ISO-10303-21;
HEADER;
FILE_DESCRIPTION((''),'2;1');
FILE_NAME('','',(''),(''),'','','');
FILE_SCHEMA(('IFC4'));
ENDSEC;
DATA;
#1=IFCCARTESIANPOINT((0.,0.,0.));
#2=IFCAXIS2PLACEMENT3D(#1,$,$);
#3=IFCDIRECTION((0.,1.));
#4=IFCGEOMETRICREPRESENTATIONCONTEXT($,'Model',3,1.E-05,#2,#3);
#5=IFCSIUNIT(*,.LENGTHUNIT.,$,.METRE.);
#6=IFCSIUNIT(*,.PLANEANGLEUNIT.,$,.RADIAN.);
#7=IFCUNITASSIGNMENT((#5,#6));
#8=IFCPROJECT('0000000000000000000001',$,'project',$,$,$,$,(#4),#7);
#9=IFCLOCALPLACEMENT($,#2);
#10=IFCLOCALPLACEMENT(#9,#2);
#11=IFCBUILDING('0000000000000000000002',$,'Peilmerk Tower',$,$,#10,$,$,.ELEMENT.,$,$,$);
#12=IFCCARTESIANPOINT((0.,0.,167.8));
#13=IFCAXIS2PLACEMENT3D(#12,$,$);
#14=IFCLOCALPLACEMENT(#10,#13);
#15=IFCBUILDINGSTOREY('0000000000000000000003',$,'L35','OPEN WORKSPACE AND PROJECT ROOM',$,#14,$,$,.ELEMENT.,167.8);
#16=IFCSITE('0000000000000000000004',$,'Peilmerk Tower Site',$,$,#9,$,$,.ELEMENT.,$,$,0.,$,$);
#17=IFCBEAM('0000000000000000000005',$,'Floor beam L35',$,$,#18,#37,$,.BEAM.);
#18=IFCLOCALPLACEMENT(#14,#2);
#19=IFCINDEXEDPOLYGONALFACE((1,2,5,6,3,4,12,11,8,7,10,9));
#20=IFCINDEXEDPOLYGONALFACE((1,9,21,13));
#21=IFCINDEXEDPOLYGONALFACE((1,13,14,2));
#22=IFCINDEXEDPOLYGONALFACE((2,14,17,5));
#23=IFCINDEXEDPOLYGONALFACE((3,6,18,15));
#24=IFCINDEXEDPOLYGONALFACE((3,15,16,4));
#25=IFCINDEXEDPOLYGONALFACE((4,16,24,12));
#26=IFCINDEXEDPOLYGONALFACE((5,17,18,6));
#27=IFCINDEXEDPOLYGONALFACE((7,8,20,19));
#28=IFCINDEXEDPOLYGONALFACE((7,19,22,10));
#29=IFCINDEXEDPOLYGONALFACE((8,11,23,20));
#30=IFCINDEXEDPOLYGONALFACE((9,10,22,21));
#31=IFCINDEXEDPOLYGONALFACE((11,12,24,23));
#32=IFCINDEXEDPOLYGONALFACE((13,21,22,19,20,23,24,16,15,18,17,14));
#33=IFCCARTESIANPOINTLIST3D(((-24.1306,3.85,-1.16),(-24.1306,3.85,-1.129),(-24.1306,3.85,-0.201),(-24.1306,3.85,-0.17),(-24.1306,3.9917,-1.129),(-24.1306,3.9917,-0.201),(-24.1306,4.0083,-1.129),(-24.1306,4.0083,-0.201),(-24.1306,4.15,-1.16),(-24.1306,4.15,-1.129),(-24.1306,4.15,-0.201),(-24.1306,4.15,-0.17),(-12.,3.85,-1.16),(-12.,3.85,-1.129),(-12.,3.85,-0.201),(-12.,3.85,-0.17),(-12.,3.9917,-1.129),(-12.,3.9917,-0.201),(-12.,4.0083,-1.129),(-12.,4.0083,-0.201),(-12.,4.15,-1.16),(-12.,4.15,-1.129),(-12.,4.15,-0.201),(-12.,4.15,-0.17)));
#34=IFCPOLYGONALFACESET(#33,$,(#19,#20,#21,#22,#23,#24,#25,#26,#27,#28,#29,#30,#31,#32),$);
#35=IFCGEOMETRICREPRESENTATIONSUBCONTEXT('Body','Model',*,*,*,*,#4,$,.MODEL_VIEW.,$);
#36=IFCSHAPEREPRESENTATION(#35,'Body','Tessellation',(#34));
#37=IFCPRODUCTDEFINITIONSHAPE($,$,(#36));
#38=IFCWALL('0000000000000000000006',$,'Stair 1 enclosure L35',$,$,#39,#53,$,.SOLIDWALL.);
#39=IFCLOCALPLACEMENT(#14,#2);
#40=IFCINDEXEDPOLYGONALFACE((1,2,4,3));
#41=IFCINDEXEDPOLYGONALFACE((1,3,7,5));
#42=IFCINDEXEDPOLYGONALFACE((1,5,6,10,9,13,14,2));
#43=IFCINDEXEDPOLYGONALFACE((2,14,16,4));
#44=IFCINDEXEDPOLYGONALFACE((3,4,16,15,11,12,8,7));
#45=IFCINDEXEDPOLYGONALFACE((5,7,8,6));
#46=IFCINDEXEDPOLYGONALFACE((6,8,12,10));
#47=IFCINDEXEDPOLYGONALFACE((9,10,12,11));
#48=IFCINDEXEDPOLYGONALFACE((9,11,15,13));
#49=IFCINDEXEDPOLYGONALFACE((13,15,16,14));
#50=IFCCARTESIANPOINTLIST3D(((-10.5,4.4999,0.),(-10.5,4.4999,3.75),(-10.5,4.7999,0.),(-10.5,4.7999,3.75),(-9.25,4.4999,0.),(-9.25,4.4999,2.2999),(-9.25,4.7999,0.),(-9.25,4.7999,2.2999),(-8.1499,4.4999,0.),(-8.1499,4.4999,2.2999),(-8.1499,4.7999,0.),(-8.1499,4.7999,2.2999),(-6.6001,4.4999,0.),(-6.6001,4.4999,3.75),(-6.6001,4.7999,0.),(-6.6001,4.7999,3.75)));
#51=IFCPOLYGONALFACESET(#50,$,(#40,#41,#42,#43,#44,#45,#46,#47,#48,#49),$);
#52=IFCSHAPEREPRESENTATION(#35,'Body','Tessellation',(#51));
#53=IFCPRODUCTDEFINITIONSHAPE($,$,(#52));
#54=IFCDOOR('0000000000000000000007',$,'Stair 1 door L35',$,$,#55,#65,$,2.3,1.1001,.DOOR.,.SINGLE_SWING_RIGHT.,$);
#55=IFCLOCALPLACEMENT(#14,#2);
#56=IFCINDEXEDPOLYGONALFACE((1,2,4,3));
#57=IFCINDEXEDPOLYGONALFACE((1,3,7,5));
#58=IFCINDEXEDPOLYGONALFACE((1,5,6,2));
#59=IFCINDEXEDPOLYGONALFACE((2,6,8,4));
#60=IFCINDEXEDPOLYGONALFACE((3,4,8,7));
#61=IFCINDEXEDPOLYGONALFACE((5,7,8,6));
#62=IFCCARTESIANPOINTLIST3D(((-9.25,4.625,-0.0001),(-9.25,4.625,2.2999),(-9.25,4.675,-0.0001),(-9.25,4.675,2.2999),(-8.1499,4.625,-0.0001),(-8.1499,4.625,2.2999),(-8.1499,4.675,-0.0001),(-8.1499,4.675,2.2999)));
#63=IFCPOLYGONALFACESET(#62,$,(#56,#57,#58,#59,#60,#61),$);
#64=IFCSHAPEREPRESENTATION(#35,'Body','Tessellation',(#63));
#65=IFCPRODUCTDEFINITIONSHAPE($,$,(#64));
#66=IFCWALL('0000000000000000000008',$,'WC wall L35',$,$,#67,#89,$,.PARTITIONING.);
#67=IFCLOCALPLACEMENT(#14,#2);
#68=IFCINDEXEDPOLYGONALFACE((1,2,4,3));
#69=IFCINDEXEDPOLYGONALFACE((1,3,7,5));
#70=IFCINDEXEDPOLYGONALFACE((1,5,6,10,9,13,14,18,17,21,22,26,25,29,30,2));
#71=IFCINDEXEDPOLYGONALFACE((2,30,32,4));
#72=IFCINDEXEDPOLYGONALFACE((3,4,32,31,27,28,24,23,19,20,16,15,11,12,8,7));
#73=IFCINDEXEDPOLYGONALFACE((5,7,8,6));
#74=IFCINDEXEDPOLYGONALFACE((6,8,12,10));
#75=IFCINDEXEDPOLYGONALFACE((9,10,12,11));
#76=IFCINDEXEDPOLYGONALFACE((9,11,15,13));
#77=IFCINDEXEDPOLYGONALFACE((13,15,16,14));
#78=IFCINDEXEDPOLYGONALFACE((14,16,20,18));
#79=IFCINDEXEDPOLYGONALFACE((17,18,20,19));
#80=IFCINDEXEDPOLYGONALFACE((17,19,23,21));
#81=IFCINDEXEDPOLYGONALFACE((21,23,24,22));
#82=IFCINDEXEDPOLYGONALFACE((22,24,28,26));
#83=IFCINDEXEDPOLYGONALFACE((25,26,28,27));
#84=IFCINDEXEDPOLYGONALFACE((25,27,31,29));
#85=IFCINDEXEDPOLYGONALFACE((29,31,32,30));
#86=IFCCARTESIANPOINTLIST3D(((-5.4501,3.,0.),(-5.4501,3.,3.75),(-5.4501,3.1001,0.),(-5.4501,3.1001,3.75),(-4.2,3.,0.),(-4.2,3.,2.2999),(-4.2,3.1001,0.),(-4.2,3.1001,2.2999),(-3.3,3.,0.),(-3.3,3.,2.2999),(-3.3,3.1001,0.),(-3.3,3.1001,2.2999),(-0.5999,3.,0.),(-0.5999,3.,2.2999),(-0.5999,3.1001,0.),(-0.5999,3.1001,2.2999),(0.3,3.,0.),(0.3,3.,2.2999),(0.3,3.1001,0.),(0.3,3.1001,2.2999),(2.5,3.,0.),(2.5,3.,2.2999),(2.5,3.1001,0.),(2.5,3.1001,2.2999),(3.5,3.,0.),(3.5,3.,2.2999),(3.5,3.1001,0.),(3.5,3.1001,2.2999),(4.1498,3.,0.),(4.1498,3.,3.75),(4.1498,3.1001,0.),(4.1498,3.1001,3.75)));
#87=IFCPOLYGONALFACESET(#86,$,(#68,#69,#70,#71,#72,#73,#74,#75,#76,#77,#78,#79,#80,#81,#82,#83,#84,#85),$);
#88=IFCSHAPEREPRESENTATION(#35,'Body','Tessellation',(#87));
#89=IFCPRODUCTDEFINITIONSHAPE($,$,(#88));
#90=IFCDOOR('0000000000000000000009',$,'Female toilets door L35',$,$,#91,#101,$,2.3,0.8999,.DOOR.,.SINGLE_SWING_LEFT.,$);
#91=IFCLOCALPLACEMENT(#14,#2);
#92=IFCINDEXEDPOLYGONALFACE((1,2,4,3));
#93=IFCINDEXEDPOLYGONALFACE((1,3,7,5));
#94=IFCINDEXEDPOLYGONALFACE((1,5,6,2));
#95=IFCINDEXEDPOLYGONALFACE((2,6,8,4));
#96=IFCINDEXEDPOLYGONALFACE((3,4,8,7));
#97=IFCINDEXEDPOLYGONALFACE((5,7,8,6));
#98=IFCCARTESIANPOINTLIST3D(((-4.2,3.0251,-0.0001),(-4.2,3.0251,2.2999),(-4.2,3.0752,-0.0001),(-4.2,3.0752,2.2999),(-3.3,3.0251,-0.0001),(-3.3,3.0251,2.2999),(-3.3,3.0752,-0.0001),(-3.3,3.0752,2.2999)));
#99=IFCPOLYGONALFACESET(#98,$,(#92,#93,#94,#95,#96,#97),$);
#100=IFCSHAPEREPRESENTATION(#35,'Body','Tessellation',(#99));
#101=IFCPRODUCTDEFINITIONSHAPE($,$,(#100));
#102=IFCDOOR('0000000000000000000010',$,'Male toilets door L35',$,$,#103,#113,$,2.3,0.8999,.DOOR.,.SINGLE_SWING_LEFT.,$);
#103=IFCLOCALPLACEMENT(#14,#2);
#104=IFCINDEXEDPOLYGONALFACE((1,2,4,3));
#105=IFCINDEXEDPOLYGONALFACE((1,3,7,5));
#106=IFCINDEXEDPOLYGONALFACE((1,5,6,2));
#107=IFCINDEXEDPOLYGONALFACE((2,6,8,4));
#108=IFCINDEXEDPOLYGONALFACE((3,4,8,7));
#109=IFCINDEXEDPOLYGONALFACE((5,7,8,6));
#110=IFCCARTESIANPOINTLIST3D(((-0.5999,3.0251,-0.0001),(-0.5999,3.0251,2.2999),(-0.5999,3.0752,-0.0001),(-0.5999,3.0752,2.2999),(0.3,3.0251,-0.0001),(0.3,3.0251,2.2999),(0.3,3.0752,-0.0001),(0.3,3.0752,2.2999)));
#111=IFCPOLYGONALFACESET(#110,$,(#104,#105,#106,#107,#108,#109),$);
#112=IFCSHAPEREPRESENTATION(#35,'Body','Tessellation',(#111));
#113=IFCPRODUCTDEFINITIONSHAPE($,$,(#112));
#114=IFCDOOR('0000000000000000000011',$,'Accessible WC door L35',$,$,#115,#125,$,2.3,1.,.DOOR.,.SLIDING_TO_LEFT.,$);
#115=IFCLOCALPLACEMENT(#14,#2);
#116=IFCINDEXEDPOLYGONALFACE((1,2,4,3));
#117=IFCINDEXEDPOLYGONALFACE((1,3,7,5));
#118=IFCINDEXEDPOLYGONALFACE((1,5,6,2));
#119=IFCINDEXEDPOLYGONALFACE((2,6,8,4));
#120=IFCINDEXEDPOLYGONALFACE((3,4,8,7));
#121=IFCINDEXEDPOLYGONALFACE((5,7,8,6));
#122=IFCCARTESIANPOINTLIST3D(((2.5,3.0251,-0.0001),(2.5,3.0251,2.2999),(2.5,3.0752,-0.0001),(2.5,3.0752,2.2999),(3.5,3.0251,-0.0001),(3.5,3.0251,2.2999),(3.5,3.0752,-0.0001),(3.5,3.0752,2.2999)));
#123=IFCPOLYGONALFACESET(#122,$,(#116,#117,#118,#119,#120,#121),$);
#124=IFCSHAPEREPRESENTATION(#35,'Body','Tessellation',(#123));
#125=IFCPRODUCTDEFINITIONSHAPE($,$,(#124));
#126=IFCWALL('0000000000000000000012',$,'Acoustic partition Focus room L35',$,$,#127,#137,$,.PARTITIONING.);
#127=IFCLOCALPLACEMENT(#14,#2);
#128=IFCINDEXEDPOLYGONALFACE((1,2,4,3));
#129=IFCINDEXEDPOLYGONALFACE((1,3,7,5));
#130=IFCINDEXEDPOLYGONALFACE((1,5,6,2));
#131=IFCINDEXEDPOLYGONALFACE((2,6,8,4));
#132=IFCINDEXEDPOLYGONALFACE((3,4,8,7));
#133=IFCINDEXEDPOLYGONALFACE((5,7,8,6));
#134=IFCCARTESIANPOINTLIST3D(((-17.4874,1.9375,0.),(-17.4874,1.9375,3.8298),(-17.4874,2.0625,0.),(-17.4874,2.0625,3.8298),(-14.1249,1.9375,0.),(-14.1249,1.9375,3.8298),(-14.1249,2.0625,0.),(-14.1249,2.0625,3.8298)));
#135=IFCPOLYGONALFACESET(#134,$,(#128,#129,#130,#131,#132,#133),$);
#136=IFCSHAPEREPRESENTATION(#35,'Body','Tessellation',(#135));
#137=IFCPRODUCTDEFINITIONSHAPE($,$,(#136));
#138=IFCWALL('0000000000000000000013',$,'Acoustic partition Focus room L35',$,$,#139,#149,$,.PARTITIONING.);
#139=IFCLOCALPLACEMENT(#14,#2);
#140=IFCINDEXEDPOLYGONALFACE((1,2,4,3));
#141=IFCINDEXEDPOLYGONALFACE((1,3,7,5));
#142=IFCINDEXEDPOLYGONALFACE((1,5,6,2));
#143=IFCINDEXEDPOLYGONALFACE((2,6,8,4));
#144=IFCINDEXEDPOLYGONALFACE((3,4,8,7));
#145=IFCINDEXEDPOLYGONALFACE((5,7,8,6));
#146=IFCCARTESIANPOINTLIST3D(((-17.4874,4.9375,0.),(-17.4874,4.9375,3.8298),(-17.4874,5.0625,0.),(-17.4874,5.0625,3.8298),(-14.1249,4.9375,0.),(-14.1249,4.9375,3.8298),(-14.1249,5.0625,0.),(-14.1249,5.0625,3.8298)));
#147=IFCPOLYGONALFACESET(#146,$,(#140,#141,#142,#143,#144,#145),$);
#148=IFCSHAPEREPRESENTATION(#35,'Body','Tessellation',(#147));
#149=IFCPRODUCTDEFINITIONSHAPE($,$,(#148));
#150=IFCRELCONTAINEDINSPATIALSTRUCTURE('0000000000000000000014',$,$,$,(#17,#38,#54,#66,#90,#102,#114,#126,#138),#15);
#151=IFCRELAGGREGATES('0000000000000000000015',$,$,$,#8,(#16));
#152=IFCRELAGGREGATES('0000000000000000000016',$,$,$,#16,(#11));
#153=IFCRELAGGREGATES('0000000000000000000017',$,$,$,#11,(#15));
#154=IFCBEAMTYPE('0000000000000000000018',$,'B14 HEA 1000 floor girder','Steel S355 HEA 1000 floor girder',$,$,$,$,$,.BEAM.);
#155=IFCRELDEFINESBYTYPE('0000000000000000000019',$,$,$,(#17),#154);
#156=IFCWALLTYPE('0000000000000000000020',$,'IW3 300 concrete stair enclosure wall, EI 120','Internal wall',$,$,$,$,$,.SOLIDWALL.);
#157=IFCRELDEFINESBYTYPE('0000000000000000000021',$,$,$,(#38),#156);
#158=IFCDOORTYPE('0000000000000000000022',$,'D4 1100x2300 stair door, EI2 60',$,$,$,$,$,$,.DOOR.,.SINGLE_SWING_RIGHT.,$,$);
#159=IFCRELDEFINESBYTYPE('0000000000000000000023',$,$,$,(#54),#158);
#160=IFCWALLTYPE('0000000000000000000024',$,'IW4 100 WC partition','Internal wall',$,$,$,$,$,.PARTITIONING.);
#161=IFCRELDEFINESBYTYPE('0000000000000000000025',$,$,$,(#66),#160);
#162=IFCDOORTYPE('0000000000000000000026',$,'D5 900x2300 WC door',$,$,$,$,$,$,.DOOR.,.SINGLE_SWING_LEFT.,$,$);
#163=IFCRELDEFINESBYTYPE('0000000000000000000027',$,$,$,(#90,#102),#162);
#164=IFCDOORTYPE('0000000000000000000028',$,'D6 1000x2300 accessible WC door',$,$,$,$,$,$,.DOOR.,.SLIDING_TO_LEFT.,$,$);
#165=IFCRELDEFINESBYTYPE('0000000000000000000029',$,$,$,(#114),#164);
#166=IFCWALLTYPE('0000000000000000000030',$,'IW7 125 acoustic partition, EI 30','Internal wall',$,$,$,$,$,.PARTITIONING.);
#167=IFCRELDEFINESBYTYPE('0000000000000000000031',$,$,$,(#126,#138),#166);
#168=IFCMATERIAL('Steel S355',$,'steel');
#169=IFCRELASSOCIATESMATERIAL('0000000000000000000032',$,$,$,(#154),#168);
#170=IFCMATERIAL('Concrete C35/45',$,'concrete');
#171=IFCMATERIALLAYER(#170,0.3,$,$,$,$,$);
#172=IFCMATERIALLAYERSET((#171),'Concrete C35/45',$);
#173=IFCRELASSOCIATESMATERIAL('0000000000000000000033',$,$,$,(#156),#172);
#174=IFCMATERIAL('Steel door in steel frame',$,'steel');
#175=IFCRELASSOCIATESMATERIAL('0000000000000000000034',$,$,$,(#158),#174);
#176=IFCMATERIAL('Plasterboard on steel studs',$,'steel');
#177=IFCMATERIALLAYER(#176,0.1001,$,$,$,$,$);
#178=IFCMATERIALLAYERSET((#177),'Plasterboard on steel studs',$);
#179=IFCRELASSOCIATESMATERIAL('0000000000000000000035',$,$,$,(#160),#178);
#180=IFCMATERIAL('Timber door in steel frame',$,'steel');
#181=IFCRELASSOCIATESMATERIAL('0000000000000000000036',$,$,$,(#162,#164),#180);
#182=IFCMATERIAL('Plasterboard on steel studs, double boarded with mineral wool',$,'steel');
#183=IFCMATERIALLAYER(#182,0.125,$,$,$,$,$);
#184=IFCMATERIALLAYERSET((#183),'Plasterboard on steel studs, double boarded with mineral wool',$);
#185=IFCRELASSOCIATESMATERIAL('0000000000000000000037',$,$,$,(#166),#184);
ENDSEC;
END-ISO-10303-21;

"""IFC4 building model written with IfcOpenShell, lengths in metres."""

from ifc_helpers import new_model, si_unit, direction, frame, frame_2d, origin, origin_2d, place, context, subcontext, project, spatial, rectangle, i_section, extrude, material, layer, layer_set, material_profile, profile_set, type_object, element, fill, save


model = new_model("IFC4")

# Units and contexts
model_context = context("Model", 3, precision=1e-05, world=origin(), true_north=direction((0.0, 1.0)))
body_context = subcontext(model_context, "Body", "Model", "MODEL_VIEW")
ifc_project = project(units=[si_unit("LENGTHUNIT", "METRE"), si_unit("PLANEANGLEUNIT", "RADIAN")], contexts=[model_context])

# Site, building, storey
site_placement = place(None, origin())
site = spatial("IfcSite", under=ifc_project, at=site_placement, Name="Peilmerk Tower Site", CompositionType="ELEMENT", RefElevation=0.0)
building_placement = place(site_placement, origin())
building = spatial("IfcBuilding", under=site, at=building_placement, Name="Peilmerk Tower", CompositionType="ELEMENT")
storey_placement = place(building_placement, frame((0.0, 0.0, 167.8)))
storey = spatial("IfcBuildingStorey", under=building, at=storey_placement, Name="L35", Description="OPEN WORKSPACE AND PROJECT ROOM", CompositionType="ELEMENT", Elevation=167.8)

# Beam
ifc_material_1 = material(Name="Steel S355", Category="steel")
ifc_material_profile = material_profile(ifc_material_1, i_section(OverallWidth=0.3, OverallDepth=0.99, WebThickness=0.0166, FlangeThickness=0.031, at=origin_2d()), Name="HEA 1000")
ifc_profile_set = profile_set([ifc_material_profile], Name="Steel S355")
beam_type = type_object("IfcBeamType", Name="B14 HEA 1000 floor girder", Description="Steel S355 HEA 1000 floor girder", PredefinedType="BEAM", material=ifc_profile_set)
beam_placement = place(storey_placement, frame((-12.0, 4.0, -0.665), z_axis=(-1.0, 0.0, 0.0), x_axis=(0.0, -1.0, 0.0)))
element("IfcBeam", 1, at=beam_placement, inside=storey, type_object=beam_type, Name="Floor beam L35", PredefinedType="BEAM", context=body_context, shape_type="SweptSolid", body=[
    extrude(i_section(OverallWidth=0.3, OverallDepth=0.99, WebThickness=0.0166, FlangeThickness=0.031, at=origin_2d()), origin(), (0.0, 0.0, 1.0), 12.1306),
])

# Wall, opening, door
ifc_material_2 = material(Name="Concrete C35/45", Category="concrete")
ifc_layer_1 = layer(ifc_material_2, 0.3)
ifc_layer_set_1 = layer_set([ifc_layer_1], Name="Concrete C35/45")
wall_type_1 = type_object("IfcWallType", Name="IW3 300 concrete stair enclosure wall, EI 120", Description="Internal wall", PredefinedType="SOLIDWALL", material=ifc_layer_set_1)
wall_1_placement = place(storey_placement, frame((-10.5, 4.6499, 0.0), z_axis=(0.0, 0.0, 1.0), x_axis=(1.0, 0.0, 0.0)))
wall_1 = element("IfcWall", 2, at=wall_1_placement, inside=storey, type_object=wall_type_1, Name="Stair 1 enclosure L35", PredefinedType="SOLIDWALL", context=body_context, shape_type="SweptSolid", body=[
    extrude(rectangle(XDim=3.8999, YDim=0.3, at=frame_2d((1.95, 0.0))), origin(), (0.0, 0.0, 1.0), 3.75),
])
opening_1_placement = place(wall_1_placement, frame((1.25, 0.0, 0.0)))
opening_1 = element("IfcOpeningElement", 3, at=opening_1_placement, cuts=wall_1, PredefinedType="OPENING", context=body_context, shape_type="SweptSolid", body=[
    extrude(rectangle(XDim=1.1001, YDim=2.3, at=frame_2d((0.55, 1.1499))), frame((0.0, 0.1599, 0.0), z_axis=(0.0, -1.0, 0.0), x_axis=(1.0, 0.0, 0.0)), (0.0, 0.0, 1.0), 0.3201),
])
ifc_material_3 = material(Name="Steel door in steel frame", Category="steel")
door_type_1 = type_object("IfcDoorType", Name="D4 1100x2300 stair door, EI2 60", OperationType="SINGLE_SWING_RIGHT", PredefinedType="DOOR", material=ifc_material_3)
door_1_placement = place(opening_1_placement, frame((1.1001, 0.0, 0.0), z_axis=(0.0, 0.0, 1.0), x_axis=(-1.0, 0.0, 0.0)))
door_1 = element("IfcDoor", 4, at=door_1_placement, inside=storey, type_object=door_type_1, Name="Stair 1 door L35", OperationType="SINGLE_SWING_RIGHT", OverallHeight=2.3, OverallWidth=1.1001, PredefinedType="DOOR", context=body_context, shape_type="SweptSolid", body=[
    extrude(rectangle(XDim=1.1001, YDim=2.3, at=frame_2d((0.55, 1.1499))), frame((0.0, 0.0249, 0.0), z_axis=(0.0, -1.0, 0.0), x_axis=(1.0, 0.0, 0.0)), (0.0, 0.0, 1.0), 0.05),
])
fill(opening_1, door_1)

# Wall, openings, doors
ifc_material_4 = material(Name="Plasterboard on steel studs", Category="steel")
ifc_layer_2 = layer(ifc_material_4, 0.1001)
ifc_layer_set_2 = layer_set([ifc_layer_2], Name="Plasterboard on steel studs")
wall_type_2 = type_object("IfcWallType", Name="IW4 100 WC partition", Description="Internal wall", PredefinedType="PARTITIONING", material=ifc_layer_set_2)
wall_2_placement = place(storey_placement, frame((-5.45, 3.05, 0.0), z_axis=(0.0, 0.0, 1.0), x_axis=(1.0, 0.0, 0.0)))
wall_2 = element("IfcWall", 5, at=wall_2_placement, inside=storey, type_object=wall_type_2, Name="WC wall L35", PredefinedType="PARTITIONING", context=body_context, shape_type="SweptSolid", body=[
    extrude(rectangle(XDim=9.5999, YDim=0.1001, at=frame_2d((4.7998, 0.0))), origin(), (0.0, 0.0, 1.0), 3.75),
])
opening_2_placement = place(wall_2_placement, frame((1.25, 0.0, 0.0)))
opening_2 = element("IfcOpeningElement", 6, at=opening_2_placement, cuts=wall_2, PredefinedType="OPENING", context=body_context, shape_type="SweptSolid", body=[
    extrude(rectangle(XDim=0.8999, YDim=2.3, at=frame_2d((0.45, 1.1499))), frame((0.0, 0.0601, 0.0), z_axis=(0.0, -1.0, 0.0), x_axis=(1.0, 0.0, 0.0)), (0.0, 0.0, 1.0), 0.1201),
])
opening_3_placement = place(wall_2_placement, frame((4.8501, 0.0, 0.0)))
opening_3 = element("IfcOpeningElement", 7, at=opening_3_placement, cuts=wall_2, PredefinedType="OPENING", context=body_context, shape_type="SweptSolid", body=[
    extrude(rectangle(XDim=0.8999, YDim=2.3, at=frame_2d((0.45, 1.1499))), frame((0.0, 0.0601, 0.0), z_axis=(0.0, -1.0, 0.0), x_axis=(1.0, 0.0, 0.0)), (0.0, 0.0, 1.0), 0.1201),
])
opening_4_placement = place(wall_2_placement, frame((7.95, 0.0, 0.0)))
opening_4 = element("IfcOpeningElement", 8, at=opening_4_placement, cuts=wall_2, PredefinedType="OPENING", context=body_context, shape_type="SweptSolid", body=[
    extrude(rectangle(XDim=1.0, YDim=2.3, at=frame_2d((0.5, 1.1499))), frame((0.0, 0.0601, 0.0), z_axis=(0.0, -1.0, 0.0), x_axis=(1.0, 0.0, 0.0)), (0.0, 0.0, 1.0), 0.1201),
])
ifc_material_5 = material(Name="Timber door in steel frame", Category="steel")
door_type_2 = type_object("IfcDoorType", Name="D5 900x2300 WC door", OperationType="SINGLE_SWING_LEFT", PredefinedType="DOOR", material=ifc_material_5)
door_2_placement = place(opening_2_placement, frame((0.8999, 0.0, 0.0), z_axis=(0.0, 0.0, 1.0), x_axis=(-1.0, 0.0, 0.0)))
door_2 = element("IfcDoor", 9, at=door_2_placement, inside=storey, type_object=door_type_2, Name="Female toilets door L35", OperationType="SINGLE_SWING_LEFT", OverallHeight=2.3, OverallWidth=0.8999, PredefinedType="DOOR", context=body_context, shape_type="SweptSolid", body=[
    extrude(rectangle(XDim=0.8999, YDim=2.3, at=frame_2d((0.45, 1.1499))), frame((0.0, 0.0249, 0.0), z_axis=(0.0, -1.0, 0.0), x_axis=(1.0, 0.0, 0.0)), (0.0, 0.0, 1.0), 0.05),
])
fill(opening_2, door_2)
door_3_placement = place(opening_3_placement, frame((0.8999, 0.0, 0.0), z_axis=(0.0, 0.0, 1.0), x_axis=(-1.0, 0.0, 0.0)))
door_3 = element("IfcDoor", 10, at=door_3_placement, inside=storey, type_object=door_type_2, Name="Male toilets door L35", OperationType="SINGLE_SWING_LEFT", OverallHeight=2.3, OverallWidth=0.8999, PredefinedType="DOOR", context=body_context, shape_type="SweptSolid", body=[
    extrude(rectangle(XDim=0.8999, YDim=2.3, at=frame_2d((0.45, 1.1499))), frame((0.0, 0.0249, 0.0), z_axis=(0.0, -1.0, 0.0), x_axis=(1.0, 0.0, 0.0)), (0.0, 0.0, 1.0), 0.05),
])
fill(opening_3, door_3)
door_type_3 = type_object("IfcDoorType", Name="D6 1000x2300 accessible WC door", OperationType="SLIDING_TO_LEFT", PredefinedType="DOOR", material=ifc_material_5)
door_4_placement = place(opening_4_placement, frame((1.0, 0.0, 0.0), z_axis=(0.0, 0.0, 1.0), x_axis=(-1.0, 0.0, 0.0)))
door_4 = element("IfcDoor", 11, at=door_4_placement, inside=storey, type_object=door_type_3, Name="Accessible WC door L35", OperationType="SLIDING_TO_LEFT", OverallHeight=2.3, OverallWidth=1.0, PredefinedType="DOOR", context=body_context, shape_type="SweptSolid", body=[
    extrude(rectangle(XDim=1.0, YDim=2.3, at=frame_2d((0.5, 1.1499))), frame((0.0, 0.0249, 0.0), z_axis=(0.0, -1.0, 0.0), x_axis=(1.0, 0.0, 0.0)), (0.0, 0.0, 1.0), 0.05),
])
fill(opening_4, door_4)

# Walls
ifc_material_6 = material(Name="Plasterboard on steel studs, double boarded with mineral wool", Category="steel")
ifc_layer_3 = layer(ifc_material_6, 0.125)
ifc_layer_set_3 = layer_set([ifc_layer_3], Name="Plasterboard on steel studs, double boarded with mineral wool")
wall_type_3 = type_object("IfcWallType", Name="IW7 125 acoustic partition, EI 30", Description="Internal wall", PredefinedType="PARTITIONING", material=ifc_layer_set_3)
for number, where, z_axis, x_axis, name in (
    (12, (-14.125, 2.0, 0.0), (0.0, 0.0, 1.0), (-1.0, 0.0, 0.0), "Acoustic partition Focus room L35"),
    (13, (-14.125, 5.0, 0.0), (0.0, 0.0, 1.0), (-1.0, 0.0, 0.0), "Acoustic partition Focus room L35"),
):
    element("IfcWall", number, at=place(storey_placement, frame(where, z_axis=z_axis, x_axis=x_axis)), inside=storey, type_object=wall_type_3, Name=name, PredefinedType="PARTITIONING", context=body_context, shape_type="SweptSolid", body=[
        extrude(rectangle(XDim=3.3625, YDim=0.125, at=frame_2d((1.6812, 0.0))), origin(), (0.0, 0.0, 1.0), 3.8298),
    ])

save(model, "model.ifc")
